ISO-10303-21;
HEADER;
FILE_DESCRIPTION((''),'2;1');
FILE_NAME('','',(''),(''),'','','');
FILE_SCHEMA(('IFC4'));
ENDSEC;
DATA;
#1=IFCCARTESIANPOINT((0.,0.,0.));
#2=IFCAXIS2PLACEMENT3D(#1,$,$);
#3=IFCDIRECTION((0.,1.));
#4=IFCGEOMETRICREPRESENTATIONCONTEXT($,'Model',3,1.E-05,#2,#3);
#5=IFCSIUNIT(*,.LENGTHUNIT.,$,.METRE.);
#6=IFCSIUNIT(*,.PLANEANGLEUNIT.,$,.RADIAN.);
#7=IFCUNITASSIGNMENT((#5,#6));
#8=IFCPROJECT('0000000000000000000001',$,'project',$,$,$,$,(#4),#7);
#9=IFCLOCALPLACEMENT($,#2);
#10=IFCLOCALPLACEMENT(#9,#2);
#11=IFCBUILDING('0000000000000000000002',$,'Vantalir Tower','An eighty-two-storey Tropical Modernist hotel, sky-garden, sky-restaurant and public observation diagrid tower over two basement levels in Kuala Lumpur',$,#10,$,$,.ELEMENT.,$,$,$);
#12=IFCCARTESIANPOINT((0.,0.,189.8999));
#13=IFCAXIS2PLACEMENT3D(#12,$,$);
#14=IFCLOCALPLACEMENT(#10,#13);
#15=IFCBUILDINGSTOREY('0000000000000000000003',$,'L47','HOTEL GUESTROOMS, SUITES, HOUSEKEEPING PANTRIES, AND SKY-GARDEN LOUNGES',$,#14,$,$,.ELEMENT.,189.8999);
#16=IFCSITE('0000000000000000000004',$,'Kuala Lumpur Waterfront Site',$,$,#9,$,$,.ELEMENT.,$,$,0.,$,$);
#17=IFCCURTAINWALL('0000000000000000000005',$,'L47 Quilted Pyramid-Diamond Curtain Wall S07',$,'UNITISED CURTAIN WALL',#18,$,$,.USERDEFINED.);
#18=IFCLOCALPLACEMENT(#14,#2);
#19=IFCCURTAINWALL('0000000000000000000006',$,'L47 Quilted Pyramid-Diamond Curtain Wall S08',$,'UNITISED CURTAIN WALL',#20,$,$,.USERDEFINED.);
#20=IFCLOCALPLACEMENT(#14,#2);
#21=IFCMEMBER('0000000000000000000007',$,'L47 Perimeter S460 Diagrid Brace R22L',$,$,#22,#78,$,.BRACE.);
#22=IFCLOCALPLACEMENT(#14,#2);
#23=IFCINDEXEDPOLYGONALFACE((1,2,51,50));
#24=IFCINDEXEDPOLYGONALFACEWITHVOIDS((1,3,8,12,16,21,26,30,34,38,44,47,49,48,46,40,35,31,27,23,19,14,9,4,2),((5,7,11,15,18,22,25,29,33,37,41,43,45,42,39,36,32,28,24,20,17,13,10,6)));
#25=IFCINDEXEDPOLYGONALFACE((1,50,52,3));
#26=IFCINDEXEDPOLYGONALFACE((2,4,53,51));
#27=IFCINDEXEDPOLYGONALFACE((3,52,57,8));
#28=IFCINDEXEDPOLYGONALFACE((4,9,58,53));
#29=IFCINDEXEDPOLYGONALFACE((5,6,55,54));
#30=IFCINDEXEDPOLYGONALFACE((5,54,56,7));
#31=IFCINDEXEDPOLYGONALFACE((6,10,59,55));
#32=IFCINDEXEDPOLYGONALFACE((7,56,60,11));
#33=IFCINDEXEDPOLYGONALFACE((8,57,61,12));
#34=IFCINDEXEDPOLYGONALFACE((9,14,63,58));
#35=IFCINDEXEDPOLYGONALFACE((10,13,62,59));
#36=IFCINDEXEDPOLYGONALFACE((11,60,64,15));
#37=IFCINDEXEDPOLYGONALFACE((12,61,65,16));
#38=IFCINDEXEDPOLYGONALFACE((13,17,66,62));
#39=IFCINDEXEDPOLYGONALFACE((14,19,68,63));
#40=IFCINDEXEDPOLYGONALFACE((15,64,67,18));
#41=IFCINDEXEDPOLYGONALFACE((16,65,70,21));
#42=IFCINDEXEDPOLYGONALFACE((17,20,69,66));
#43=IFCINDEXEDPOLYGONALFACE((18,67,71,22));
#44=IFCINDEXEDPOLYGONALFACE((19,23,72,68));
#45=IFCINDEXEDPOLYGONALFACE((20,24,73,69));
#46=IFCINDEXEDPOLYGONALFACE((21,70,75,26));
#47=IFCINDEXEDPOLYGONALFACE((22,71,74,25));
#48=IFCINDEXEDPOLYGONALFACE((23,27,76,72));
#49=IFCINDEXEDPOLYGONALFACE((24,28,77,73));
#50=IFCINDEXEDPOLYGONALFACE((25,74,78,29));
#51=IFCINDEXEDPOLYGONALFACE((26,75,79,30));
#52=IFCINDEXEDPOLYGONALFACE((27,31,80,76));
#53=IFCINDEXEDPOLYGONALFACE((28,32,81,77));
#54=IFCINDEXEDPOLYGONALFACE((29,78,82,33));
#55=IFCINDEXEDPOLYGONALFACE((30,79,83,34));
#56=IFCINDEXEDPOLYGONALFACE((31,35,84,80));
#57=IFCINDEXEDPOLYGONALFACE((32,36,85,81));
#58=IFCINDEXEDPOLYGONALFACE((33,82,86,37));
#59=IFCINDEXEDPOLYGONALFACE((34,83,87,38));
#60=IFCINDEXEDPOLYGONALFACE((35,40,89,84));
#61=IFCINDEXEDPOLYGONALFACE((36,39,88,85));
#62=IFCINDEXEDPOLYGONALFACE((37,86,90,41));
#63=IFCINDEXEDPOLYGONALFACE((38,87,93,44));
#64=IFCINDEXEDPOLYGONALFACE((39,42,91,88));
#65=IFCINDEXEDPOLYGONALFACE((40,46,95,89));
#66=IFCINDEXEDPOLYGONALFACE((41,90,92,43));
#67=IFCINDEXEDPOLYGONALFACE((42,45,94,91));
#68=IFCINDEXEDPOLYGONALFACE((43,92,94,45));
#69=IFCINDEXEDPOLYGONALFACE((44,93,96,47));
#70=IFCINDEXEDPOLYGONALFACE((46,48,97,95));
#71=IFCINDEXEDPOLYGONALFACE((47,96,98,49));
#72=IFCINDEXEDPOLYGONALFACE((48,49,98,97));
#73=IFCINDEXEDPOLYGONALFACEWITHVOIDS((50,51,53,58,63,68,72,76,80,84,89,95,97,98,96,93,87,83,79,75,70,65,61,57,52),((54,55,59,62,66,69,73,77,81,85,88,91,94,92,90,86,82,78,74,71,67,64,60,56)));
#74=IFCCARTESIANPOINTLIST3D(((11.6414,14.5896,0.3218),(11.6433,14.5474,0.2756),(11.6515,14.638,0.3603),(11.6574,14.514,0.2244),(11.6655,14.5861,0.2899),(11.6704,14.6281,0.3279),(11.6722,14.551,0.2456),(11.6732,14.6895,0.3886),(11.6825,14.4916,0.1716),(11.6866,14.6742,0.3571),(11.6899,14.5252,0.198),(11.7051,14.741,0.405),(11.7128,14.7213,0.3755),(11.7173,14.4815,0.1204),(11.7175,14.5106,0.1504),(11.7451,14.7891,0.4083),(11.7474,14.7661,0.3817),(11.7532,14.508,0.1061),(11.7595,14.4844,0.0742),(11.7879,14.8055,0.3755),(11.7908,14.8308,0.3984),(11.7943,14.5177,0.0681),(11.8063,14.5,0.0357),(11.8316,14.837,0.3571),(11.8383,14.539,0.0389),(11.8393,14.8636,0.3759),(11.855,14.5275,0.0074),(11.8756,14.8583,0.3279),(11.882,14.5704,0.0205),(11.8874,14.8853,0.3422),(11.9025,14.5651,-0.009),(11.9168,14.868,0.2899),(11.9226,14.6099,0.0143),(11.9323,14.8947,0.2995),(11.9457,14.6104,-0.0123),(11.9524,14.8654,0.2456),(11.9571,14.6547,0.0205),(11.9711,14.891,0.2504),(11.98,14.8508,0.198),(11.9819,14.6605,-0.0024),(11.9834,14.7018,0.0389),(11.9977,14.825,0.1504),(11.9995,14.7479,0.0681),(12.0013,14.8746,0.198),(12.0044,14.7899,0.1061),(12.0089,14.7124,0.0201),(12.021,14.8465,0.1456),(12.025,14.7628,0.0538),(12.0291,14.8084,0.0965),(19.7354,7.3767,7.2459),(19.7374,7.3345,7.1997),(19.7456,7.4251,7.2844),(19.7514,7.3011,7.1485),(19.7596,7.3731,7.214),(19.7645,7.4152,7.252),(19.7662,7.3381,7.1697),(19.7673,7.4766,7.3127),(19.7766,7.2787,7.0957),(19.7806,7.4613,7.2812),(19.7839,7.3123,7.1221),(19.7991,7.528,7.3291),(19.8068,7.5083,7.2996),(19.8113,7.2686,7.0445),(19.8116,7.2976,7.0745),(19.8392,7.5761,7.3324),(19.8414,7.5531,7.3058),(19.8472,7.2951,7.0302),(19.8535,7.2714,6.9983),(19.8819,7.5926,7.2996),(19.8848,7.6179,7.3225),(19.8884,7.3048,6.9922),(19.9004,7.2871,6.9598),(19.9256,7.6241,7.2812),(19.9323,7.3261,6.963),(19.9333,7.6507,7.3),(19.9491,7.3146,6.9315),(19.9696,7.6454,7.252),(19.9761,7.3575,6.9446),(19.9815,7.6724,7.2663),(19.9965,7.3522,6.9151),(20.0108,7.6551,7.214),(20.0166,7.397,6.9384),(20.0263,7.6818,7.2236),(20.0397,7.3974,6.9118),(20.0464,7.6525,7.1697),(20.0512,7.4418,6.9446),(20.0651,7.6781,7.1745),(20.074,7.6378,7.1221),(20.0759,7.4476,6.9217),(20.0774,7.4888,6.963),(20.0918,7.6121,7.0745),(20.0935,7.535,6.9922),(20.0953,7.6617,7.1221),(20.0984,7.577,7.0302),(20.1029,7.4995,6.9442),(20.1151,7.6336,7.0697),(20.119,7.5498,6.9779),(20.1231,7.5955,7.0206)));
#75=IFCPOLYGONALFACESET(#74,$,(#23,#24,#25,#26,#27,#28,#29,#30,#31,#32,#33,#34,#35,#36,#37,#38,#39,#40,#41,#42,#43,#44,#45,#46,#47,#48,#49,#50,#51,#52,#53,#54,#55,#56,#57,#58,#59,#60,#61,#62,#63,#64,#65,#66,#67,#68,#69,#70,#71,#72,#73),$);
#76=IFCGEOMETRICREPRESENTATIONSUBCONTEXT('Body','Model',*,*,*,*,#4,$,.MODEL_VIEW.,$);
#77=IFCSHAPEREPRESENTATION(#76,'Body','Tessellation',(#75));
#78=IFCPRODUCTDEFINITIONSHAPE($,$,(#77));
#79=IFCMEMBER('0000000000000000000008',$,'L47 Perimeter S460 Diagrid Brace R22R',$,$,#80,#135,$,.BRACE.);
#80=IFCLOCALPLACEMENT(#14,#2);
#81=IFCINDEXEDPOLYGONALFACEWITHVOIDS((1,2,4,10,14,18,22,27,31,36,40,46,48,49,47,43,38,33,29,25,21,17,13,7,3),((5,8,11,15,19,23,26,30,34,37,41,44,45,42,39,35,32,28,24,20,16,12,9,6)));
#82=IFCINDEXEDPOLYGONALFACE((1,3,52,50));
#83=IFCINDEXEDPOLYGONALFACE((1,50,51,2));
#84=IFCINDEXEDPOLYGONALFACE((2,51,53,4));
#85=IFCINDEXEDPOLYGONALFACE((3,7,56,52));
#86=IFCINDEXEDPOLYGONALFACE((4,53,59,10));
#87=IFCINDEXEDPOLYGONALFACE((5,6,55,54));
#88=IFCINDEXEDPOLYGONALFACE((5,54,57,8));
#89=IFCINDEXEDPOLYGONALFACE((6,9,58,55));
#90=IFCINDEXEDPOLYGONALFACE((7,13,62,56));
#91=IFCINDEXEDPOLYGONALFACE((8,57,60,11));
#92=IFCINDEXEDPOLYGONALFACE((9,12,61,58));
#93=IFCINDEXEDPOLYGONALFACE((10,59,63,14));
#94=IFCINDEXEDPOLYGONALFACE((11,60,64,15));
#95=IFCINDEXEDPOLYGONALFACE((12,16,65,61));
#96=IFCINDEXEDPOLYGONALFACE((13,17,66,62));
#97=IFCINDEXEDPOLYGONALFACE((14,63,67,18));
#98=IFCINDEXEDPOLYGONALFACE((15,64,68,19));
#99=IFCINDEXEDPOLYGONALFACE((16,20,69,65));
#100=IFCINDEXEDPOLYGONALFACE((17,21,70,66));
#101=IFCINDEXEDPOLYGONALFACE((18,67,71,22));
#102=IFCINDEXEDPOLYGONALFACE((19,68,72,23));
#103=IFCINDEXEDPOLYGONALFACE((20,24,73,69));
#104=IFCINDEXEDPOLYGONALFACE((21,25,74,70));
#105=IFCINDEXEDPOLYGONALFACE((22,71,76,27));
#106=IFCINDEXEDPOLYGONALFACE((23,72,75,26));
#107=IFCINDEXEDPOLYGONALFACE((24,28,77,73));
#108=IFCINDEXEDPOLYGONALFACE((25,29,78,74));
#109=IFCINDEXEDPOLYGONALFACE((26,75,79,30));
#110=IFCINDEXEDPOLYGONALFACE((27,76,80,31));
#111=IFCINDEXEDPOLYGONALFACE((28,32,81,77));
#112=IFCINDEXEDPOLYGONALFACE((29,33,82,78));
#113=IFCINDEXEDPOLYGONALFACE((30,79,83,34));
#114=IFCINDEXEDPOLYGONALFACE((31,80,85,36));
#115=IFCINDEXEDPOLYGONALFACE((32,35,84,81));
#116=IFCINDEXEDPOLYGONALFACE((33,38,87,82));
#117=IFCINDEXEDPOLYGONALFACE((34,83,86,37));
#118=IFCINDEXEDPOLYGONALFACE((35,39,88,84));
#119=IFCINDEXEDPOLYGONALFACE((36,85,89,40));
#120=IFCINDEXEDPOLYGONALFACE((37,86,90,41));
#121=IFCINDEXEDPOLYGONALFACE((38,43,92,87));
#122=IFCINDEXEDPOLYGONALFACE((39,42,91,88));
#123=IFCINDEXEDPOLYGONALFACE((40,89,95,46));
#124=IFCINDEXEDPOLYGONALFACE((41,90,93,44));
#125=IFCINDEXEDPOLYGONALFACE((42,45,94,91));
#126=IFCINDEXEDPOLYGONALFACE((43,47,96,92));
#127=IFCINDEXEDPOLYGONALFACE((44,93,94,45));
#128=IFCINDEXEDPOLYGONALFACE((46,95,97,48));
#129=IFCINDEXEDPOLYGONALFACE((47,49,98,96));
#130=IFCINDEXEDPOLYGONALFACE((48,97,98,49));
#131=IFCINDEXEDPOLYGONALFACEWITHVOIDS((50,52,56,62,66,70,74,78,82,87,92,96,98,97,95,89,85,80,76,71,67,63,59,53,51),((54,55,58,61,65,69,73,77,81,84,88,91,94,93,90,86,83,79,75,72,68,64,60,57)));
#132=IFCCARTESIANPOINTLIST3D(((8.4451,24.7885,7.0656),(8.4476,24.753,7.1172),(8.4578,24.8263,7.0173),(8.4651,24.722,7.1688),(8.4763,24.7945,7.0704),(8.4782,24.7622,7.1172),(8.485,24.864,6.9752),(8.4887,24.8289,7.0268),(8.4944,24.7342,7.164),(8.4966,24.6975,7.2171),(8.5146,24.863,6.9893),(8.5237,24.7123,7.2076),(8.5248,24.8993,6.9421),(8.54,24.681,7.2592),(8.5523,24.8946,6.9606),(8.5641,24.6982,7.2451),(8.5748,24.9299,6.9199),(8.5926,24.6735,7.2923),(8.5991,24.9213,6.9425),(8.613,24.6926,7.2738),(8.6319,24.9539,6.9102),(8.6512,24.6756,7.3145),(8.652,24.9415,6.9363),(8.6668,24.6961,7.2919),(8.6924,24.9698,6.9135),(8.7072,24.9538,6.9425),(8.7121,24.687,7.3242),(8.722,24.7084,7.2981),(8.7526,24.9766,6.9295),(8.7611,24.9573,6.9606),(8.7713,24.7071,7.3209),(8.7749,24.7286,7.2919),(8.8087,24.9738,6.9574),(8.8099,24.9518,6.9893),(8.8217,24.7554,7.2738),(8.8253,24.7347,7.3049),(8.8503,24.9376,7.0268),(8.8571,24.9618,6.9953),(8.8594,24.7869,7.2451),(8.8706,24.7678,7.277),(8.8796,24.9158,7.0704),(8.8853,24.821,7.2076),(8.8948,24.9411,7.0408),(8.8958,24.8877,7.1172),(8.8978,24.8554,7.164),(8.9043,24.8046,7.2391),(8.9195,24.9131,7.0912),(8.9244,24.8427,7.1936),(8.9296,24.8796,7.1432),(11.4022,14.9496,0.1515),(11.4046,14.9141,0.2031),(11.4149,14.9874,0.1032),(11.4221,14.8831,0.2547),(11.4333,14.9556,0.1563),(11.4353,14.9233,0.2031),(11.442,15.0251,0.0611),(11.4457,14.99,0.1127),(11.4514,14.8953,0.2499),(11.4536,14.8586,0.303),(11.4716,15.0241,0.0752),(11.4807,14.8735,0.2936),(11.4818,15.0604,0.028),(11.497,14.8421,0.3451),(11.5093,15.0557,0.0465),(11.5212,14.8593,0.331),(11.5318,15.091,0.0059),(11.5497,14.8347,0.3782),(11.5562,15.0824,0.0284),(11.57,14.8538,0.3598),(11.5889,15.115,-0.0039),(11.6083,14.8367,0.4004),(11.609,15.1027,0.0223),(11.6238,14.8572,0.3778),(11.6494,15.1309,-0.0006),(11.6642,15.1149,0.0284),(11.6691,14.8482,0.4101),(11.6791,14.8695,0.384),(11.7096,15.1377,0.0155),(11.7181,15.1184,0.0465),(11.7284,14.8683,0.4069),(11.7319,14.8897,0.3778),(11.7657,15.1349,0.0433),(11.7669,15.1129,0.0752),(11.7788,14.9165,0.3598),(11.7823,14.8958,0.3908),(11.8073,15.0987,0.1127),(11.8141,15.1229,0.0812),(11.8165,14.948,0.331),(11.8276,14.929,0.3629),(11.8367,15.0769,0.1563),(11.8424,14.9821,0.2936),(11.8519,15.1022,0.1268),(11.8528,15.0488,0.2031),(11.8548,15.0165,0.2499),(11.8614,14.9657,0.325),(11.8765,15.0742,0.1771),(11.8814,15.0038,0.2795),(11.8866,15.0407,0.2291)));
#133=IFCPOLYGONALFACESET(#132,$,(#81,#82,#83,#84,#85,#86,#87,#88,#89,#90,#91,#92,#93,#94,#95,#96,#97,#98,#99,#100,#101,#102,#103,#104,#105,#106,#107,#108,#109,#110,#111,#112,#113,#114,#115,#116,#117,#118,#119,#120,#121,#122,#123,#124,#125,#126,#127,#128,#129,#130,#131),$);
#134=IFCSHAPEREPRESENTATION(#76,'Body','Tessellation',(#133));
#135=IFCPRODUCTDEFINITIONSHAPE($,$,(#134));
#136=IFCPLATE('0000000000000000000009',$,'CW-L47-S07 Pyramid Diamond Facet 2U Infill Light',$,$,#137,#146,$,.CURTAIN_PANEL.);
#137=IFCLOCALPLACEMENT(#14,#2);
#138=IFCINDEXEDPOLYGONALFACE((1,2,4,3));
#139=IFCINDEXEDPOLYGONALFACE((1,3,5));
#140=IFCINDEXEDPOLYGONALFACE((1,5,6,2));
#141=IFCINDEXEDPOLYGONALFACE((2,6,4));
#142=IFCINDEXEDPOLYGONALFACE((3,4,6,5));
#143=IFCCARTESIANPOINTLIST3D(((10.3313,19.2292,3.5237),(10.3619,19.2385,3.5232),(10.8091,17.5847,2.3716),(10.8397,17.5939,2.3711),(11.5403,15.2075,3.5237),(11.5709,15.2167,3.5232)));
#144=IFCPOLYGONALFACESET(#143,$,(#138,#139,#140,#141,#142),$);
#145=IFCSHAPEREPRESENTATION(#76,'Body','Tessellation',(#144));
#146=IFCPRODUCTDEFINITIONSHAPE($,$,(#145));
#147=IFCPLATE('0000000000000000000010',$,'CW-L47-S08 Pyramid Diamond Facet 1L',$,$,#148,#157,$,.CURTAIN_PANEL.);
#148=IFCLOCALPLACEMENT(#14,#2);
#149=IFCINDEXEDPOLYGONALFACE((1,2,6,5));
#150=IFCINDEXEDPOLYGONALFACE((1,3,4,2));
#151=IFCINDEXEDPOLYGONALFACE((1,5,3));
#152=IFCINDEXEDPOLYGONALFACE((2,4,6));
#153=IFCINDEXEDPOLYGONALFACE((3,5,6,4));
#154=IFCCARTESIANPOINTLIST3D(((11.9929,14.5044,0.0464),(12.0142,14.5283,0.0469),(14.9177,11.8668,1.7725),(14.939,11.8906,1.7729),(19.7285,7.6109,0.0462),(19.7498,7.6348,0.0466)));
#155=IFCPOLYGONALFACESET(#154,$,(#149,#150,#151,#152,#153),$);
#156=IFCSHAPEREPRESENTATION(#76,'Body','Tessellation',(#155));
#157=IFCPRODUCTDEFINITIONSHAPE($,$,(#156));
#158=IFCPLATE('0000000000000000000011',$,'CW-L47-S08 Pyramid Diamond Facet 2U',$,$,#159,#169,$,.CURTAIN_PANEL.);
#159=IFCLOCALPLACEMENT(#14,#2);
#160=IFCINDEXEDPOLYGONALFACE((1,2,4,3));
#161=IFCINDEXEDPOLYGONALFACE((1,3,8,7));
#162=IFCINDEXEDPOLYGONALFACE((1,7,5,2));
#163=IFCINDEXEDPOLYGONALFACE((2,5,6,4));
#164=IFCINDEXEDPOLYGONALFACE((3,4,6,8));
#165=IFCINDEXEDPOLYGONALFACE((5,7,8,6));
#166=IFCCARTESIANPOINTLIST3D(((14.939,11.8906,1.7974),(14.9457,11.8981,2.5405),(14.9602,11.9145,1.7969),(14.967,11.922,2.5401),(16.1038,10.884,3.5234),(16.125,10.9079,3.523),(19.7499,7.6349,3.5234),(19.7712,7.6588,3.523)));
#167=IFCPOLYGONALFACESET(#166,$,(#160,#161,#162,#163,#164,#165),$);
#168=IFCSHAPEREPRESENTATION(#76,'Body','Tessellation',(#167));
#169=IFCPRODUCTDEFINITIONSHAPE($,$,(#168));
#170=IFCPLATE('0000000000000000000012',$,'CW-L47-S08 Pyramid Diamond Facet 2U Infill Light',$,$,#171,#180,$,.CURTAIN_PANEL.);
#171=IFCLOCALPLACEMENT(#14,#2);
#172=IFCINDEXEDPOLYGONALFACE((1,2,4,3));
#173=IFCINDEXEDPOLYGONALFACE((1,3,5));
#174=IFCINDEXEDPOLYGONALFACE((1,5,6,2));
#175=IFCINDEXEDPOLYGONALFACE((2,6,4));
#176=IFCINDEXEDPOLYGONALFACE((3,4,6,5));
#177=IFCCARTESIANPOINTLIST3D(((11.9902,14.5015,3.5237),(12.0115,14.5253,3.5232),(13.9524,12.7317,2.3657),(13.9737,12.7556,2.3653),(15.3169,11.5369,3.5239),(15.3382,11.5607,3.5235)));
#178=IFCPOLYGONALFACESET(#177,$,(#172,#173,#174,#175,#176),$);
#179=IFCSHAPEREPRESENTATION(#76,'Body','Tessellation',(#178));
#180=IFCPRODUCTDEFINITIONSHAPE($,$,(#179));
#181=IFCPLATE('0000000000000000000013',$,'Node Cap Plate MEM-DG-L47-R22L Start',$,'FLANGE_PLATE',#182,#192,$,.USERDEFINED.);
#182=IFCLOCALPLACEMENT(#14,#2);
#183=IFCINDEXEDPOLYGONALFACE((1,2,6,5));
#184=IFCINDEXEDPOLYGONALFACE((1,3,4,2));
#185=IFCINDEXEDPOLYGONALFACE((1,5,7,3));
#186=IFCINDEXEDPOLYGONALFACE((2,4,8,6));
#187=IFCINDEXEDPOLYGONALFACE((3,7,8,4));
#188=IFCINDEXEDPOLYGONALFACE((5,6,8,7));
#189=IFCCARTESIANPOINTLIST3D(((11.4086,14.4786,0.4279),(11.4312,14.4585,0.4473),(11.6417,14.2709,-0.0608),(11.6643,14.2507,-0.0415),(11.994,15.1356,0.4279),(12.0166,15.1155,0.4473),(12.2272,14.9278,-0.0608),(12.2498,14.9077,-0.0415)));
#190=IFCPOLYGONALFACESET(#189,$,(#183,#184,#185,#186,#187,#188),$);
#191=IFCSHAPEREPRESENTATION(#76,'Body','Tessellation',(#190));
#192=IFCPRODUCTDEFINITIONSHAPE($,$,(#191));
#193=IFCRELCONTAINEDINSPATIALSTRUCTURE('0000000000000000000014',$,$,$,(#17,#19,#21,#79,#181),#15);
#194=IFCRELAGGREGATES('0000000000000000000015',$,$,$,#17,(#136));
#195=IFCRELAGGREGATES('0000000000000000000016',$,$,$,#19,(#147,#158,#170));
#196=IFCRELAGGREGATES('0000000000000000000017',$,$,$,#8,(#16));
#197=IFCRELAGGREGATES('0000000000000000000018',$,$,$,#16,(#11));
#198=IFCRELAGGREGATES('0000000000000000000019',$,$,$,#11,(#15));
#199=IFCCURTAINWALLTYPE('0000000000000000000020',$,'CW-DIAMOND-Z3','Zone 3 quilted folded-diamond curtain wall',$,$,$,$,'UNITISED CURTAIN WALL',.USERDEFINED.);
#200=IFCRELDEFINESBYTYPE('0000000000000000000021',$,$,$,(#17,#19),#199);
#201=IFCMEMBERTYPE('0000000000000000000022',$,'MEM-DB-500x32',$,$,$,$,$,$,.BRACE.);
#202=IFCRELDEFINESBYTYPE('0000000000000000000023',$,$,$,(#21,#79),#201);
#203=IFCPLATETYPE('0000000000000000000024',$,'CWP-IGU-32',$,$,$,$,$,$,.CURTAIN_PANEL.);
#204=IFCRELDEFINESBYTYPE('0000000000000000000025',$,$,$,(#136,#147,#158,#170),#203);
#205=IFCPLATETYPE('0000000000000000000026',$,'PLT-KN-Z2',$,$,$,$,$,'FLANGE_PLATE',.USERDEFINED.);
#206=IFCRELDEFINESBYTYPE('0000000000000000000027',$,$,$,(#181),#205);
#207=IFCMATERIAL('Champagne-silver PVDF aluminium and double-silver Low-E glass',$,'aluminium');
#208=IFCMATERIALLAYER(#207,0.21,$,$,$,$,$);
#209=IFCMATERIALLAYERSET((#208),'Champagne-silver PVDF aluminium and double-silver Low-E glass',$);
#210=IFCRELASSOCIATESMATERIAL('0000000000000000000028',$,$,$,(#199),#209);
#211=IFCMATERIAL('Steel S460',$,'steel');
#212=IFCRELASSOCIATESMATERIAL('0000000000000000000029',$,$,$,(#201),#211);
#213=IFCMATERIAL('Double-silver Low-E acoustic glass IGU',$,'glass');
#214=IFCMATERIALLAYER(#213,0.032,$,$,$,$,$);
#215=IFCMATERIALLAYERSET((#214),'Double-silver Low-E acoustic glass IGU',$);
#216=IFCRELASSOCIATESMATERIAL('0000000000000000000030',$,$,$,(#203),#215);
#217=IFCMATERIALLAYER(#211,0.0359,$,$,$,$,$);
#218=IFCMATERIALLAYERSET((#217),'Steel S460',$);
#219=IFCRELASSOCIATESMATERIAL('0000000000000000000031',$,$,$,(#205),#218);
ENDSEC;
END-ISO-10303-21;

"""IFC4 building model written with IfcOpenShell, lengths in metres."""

from ifc_helpers import new_model, si_unit, direction, frame, origin, origin_2d, place, context, subcontext, project, spatial, polyline, hollow_circle, outline, extrude, material, layer, layer_set, material_profile, profile_set, type_object, element, aggregate, save


model = new_model("IFC4")

# Units and contexts
model_context = context("Model", 3, precision=1e-05, world=origin(), true_north=direction((0.0, 1.0)))
body_context = subcontext(model_context, "Body", "Model", "MODEL_VIEW")
ifc_project = project(units=[si_unit("LENGTHUNIT", "METRE"), si_unit("PLANEANGLEUNIT", "RADIAN")], contexts=[model_context])

# Site, building, storey
site_placement = place(None, origin())
site = spatial("IfcSite", under=ifc_project, at=site_placement, Name="Kuala Lumpur Waterfront Site", CompositionType="ELEMENT", RefElevation=0.0)
building_placement = place(site_placement, origin())
building = spatial("IfcBuilding", under=site, at=building_placement, Name="Vantalir Tower", Description="An eighty-two-storey Tropical Modernist hotel, sky-garden, sky-restaurant and public observation diagrid tower over two basement levels in Kuala Lumpur", CompositionType="ELEMENT")
storey_placement = place(building_placement, frame((0.0, 0.0, 189.8999)))
storey = spatial("IfcBuildingStorey", under=building, at=storey_placement, Name="L47", Description="HOTEL GUESTROOMS, SUITES, HOUSEKEEPING PANTRIES, AND SKY-GARDEN LOUNGES", CompositionType="ELEMENT", Elevation=189.8999)

# Shared definitions
ifc_material_1 = material(Name="Steel S460", Category="steel")

# Curtain wall
ifc_material_2 = material(Name="Champagne-silver PVDF aluminium and double-silver Low-E glass", Category="aluminium")
ifc_layer_1 = layer(ifc_material_2, 0.21)
ifc_layer_set_1 = layer_set([ifc_layer_1], Name="Champagne-silver PVDF aluminium and double-silver Low-E glass")
curtain_wall_type = type_object("IfcCurtainWallType", Name="CW-DIAMOND-Z3", Description="Zone 3 quilted folded-diamond curtain wall", ElementType="UNITISED CURTAIN WALL", PredefinedType="USERDEFINED", material=ifc_layer_set_1)
curtain_wall_1_placement = place(storey_placement, origin())
curtain_wall_1 = element("IfcCurtainWall", 1, at=curtain_wall_1_placement, inside=storey, type_object=curtain_wall_type, Name="L47 Quilted Pyramid-Diamond Curtain Wall S07", ObjectType="UNITISED CURTAIN WALL", PredefinedType="USERDEFINED")

# Curtain wall
curtain_wall_2_placement = place(storey_placement, origin())
curtain_wall_2 = element("IfcCurtainWall", 2, at=curtain_wall_2_placement, inside=storey, type_object=curtain_wall_type, Name="L47 Quilted Pyramid-Diamond Curtain Wall S08", ObjectType="UNITISED CURTAIN WALL", PredefinedType="USERDEFINED")

# Members
ifc_material_profile_1 = material_profile(ifc_material_1, hollow_circle(Radius=0.25, WallThickness=0.032, at=origin_2d()), Name="Steel S460")
ifc_profile_set_1 = profile_set([ifc_material_profile_1], Name="Steel S460")
member_type_1 = type_object("IfcMemberType", Name="MEM-DB-500x32", PredefinedType="BRACE", material=ifc_profile_set_1)
member_1_placement = place(storey_placement, frame((11.835, 14.688, 0.198), z_axis=(0.6292, -0.560706, 0.538254), x_axis=(0.665303, 0.746574, 0.0)))
element("IfcMember", 3, at=member_1_placement, inside=storey, type_object=member_type_1, Name="L47 Perimeter S460 Diagrid Brace R22L", PredefinedType="BRACE", context=body_context, shape_type="SweptSolid", body=[
    extrude(hollow_circle(Radius=0.25, WallThickness=0.032, at=origin_2d()), origin(), (0.0, 0.0, 1.0), 12.864),
])
member_2_placement = place(storey_placement, frame((11.644, 14.9861, 0.2031), z_axis=(-0.238788, 0.794513, 0.558328), x_axis=(-0.957682, -0.287827, 0.0)))
element("IfcMember", 4, at=member_2_placement, inside=storey, type_object=member_type_1, Name="L47 Perimeter S460 Diagrid Brace R22R", PredefinedType="BRACE", context=body_context, shape_type="SweptSolid", body=[
    extrude(hollow_circle(Radius=0.25, WallThickness=0.032, at=origin_2d()), origin(), (0.0, 0.0, 1.0), 12.3835),
])

# Plates
ifc_material_3 = material(Name="Double-silver Low-E acoustic glass IGU", Category="glass")
ifc_layer_2 = layer(ifc_material_3, 0.032)
ifc_layer_set_2 = layer_set([ifc_layer_2], Name="Double-silver Low-E acoustic glass IGU")
plate_type_1 = type_object("IfcPlateType", Name="CWP-IGU-32", PredefinedType="CURTAIN_PANEL", material=ifc_layer_set_2)
plate_1_placement = place(storey_placement, frame((10.3313, 19.2292, 3.5237), z_axis=(-0.957574, -0.287859, 0.013784), x_axis=(0.287887, -0.957665, 0.0)))
plate_1 = element("IfcPlate", 5, at=plate_1_placement, type_object=plate_type_1, Name="CW-L47-S07 Pyramid Diamond Facet 2U Infill Light", PredefinedType="CURTAIN_PANEL", context=body_context, shape_type="SweptSolid", body=[
    extrude(outline(polyline([(0.0, 0.0), (4.1995, 0.0), (1.7125, -1.1522), (0.0, 0.0)])), origin(), (0.0, 0.0, -1.0), 0.032),
])
aggregate(curtain_wall_1, [plate_1])
plate_2_placement = place(storey_placement, frame((12.0142, 14.5283, 0.0469), z_axis=(0.665245, 0.746503, 0.01352), x_axis=(0.746572, -0.665305, -0.000024)))
plate_2 = element("IfcPlate", 6, at=plate_2_placement, type_object=plate_type_1, Name="CW-L47-S08 Pyramid Diamond Facet 1L", PredefinedType="CURTAIN_PANEL", context=body_context, shape_type="SweptSolid", body=[
    extrude(outline(polyline([(0.0, 0.0), (10.3615, 0.0), (3.9384, -1.7263), (0.0, 0.0)])), origin(), (0.0, 0.0, -1.0), 0.032),
])
plate_3_placement = place(storey_placement, frame((16.1038, 10.884, 3.5234), z_axis=(-0.665226, -0.746519, 0.013564), x_axis=(0.746587, -0.665287, -0.000001)))
plate_3 = element("IfcPlate", 7, at=plate_3_placement, type_object=plate_type_1, Name="CW-L47-S08 Pyramid Diamond Facet 2U", PredefinedType="CURTAIN_PANEL", context=body_context, shape_type="SweptSolid", body=[
    extrude(outline(polyline([(0.0, 0.0), (4.8838, 0.0), (-1.5393, -1.7262), (-1.5392, -0.983), (0.0, 0.0)])), origin(), (0.0, 0.0, -1.0), 0.032),
])
plate_4_placement = place(storey_placement, frame((11.9902, 14.5015, 3.5237), z_axis=(-0.665251, -0.746495, 0.013646), x_axis=(0.746565, -0.665312, 0.000055)))
plate_4 = element("IfcPlate", 8, at=plate_4_placement, type_object=plate_type_1, Name="CW-L47-S08 Pyramid Diamond Facet 2U Infill Light", PredefinedType="CURTAIN_PANEL", context=body_context, shape_type="SweptSolid", body=[
    extrude(outline(polyline([(0.0, 0.0), (4.456, 0.0), (2.6423, -1.1582), (0.0, 0.0)])), origin(), (0.0, 0.0, -1.0), 0.032),
])
aggregate(curtain_wall_2, [plate_2, plate_3, plate_4])

# Plate
ifc_layer_3 = layer(ifc_material_1, 0.0359)
ifc_layer_set_3 = layer_set([ifc_layer_3], Name="Steel S460")
plate_type_2 = type_object("IfcPlateType", Name="PLT-KN-Z2", ElementType="FLANGE_PLATE", PredefinedType="USERDEFINED", material=ifc_layer_set_3)
plate_5_placement = place(storey_placement, frame((11.6643, 14.2507, -0.0415), z_axis=(0.629128, -0.560628, 0.538418), x_axis=(0.665293, 0.746582, 0.0)))
element("IfcPlate", 9, at=plate_5_placement, inside=storey, type_object=plate_type_2, Name="Node Cap Plate MEM-DG-L47-R22L Start", ObjectType="FLANGE_PLATE", PredefinedType="USERDEFINED", context=body_context, shape_type="SweptSolid", body=[
    extrude(outline(polyline([(0.0, 0.0), (0.88, 0.0), (0.88, 0.58), (0.0, 0.58), (0.0, 0.0)])), origin(), (0.0, 0.0, -1.0), 0.0359),
])

save(model, "model.ifc")
